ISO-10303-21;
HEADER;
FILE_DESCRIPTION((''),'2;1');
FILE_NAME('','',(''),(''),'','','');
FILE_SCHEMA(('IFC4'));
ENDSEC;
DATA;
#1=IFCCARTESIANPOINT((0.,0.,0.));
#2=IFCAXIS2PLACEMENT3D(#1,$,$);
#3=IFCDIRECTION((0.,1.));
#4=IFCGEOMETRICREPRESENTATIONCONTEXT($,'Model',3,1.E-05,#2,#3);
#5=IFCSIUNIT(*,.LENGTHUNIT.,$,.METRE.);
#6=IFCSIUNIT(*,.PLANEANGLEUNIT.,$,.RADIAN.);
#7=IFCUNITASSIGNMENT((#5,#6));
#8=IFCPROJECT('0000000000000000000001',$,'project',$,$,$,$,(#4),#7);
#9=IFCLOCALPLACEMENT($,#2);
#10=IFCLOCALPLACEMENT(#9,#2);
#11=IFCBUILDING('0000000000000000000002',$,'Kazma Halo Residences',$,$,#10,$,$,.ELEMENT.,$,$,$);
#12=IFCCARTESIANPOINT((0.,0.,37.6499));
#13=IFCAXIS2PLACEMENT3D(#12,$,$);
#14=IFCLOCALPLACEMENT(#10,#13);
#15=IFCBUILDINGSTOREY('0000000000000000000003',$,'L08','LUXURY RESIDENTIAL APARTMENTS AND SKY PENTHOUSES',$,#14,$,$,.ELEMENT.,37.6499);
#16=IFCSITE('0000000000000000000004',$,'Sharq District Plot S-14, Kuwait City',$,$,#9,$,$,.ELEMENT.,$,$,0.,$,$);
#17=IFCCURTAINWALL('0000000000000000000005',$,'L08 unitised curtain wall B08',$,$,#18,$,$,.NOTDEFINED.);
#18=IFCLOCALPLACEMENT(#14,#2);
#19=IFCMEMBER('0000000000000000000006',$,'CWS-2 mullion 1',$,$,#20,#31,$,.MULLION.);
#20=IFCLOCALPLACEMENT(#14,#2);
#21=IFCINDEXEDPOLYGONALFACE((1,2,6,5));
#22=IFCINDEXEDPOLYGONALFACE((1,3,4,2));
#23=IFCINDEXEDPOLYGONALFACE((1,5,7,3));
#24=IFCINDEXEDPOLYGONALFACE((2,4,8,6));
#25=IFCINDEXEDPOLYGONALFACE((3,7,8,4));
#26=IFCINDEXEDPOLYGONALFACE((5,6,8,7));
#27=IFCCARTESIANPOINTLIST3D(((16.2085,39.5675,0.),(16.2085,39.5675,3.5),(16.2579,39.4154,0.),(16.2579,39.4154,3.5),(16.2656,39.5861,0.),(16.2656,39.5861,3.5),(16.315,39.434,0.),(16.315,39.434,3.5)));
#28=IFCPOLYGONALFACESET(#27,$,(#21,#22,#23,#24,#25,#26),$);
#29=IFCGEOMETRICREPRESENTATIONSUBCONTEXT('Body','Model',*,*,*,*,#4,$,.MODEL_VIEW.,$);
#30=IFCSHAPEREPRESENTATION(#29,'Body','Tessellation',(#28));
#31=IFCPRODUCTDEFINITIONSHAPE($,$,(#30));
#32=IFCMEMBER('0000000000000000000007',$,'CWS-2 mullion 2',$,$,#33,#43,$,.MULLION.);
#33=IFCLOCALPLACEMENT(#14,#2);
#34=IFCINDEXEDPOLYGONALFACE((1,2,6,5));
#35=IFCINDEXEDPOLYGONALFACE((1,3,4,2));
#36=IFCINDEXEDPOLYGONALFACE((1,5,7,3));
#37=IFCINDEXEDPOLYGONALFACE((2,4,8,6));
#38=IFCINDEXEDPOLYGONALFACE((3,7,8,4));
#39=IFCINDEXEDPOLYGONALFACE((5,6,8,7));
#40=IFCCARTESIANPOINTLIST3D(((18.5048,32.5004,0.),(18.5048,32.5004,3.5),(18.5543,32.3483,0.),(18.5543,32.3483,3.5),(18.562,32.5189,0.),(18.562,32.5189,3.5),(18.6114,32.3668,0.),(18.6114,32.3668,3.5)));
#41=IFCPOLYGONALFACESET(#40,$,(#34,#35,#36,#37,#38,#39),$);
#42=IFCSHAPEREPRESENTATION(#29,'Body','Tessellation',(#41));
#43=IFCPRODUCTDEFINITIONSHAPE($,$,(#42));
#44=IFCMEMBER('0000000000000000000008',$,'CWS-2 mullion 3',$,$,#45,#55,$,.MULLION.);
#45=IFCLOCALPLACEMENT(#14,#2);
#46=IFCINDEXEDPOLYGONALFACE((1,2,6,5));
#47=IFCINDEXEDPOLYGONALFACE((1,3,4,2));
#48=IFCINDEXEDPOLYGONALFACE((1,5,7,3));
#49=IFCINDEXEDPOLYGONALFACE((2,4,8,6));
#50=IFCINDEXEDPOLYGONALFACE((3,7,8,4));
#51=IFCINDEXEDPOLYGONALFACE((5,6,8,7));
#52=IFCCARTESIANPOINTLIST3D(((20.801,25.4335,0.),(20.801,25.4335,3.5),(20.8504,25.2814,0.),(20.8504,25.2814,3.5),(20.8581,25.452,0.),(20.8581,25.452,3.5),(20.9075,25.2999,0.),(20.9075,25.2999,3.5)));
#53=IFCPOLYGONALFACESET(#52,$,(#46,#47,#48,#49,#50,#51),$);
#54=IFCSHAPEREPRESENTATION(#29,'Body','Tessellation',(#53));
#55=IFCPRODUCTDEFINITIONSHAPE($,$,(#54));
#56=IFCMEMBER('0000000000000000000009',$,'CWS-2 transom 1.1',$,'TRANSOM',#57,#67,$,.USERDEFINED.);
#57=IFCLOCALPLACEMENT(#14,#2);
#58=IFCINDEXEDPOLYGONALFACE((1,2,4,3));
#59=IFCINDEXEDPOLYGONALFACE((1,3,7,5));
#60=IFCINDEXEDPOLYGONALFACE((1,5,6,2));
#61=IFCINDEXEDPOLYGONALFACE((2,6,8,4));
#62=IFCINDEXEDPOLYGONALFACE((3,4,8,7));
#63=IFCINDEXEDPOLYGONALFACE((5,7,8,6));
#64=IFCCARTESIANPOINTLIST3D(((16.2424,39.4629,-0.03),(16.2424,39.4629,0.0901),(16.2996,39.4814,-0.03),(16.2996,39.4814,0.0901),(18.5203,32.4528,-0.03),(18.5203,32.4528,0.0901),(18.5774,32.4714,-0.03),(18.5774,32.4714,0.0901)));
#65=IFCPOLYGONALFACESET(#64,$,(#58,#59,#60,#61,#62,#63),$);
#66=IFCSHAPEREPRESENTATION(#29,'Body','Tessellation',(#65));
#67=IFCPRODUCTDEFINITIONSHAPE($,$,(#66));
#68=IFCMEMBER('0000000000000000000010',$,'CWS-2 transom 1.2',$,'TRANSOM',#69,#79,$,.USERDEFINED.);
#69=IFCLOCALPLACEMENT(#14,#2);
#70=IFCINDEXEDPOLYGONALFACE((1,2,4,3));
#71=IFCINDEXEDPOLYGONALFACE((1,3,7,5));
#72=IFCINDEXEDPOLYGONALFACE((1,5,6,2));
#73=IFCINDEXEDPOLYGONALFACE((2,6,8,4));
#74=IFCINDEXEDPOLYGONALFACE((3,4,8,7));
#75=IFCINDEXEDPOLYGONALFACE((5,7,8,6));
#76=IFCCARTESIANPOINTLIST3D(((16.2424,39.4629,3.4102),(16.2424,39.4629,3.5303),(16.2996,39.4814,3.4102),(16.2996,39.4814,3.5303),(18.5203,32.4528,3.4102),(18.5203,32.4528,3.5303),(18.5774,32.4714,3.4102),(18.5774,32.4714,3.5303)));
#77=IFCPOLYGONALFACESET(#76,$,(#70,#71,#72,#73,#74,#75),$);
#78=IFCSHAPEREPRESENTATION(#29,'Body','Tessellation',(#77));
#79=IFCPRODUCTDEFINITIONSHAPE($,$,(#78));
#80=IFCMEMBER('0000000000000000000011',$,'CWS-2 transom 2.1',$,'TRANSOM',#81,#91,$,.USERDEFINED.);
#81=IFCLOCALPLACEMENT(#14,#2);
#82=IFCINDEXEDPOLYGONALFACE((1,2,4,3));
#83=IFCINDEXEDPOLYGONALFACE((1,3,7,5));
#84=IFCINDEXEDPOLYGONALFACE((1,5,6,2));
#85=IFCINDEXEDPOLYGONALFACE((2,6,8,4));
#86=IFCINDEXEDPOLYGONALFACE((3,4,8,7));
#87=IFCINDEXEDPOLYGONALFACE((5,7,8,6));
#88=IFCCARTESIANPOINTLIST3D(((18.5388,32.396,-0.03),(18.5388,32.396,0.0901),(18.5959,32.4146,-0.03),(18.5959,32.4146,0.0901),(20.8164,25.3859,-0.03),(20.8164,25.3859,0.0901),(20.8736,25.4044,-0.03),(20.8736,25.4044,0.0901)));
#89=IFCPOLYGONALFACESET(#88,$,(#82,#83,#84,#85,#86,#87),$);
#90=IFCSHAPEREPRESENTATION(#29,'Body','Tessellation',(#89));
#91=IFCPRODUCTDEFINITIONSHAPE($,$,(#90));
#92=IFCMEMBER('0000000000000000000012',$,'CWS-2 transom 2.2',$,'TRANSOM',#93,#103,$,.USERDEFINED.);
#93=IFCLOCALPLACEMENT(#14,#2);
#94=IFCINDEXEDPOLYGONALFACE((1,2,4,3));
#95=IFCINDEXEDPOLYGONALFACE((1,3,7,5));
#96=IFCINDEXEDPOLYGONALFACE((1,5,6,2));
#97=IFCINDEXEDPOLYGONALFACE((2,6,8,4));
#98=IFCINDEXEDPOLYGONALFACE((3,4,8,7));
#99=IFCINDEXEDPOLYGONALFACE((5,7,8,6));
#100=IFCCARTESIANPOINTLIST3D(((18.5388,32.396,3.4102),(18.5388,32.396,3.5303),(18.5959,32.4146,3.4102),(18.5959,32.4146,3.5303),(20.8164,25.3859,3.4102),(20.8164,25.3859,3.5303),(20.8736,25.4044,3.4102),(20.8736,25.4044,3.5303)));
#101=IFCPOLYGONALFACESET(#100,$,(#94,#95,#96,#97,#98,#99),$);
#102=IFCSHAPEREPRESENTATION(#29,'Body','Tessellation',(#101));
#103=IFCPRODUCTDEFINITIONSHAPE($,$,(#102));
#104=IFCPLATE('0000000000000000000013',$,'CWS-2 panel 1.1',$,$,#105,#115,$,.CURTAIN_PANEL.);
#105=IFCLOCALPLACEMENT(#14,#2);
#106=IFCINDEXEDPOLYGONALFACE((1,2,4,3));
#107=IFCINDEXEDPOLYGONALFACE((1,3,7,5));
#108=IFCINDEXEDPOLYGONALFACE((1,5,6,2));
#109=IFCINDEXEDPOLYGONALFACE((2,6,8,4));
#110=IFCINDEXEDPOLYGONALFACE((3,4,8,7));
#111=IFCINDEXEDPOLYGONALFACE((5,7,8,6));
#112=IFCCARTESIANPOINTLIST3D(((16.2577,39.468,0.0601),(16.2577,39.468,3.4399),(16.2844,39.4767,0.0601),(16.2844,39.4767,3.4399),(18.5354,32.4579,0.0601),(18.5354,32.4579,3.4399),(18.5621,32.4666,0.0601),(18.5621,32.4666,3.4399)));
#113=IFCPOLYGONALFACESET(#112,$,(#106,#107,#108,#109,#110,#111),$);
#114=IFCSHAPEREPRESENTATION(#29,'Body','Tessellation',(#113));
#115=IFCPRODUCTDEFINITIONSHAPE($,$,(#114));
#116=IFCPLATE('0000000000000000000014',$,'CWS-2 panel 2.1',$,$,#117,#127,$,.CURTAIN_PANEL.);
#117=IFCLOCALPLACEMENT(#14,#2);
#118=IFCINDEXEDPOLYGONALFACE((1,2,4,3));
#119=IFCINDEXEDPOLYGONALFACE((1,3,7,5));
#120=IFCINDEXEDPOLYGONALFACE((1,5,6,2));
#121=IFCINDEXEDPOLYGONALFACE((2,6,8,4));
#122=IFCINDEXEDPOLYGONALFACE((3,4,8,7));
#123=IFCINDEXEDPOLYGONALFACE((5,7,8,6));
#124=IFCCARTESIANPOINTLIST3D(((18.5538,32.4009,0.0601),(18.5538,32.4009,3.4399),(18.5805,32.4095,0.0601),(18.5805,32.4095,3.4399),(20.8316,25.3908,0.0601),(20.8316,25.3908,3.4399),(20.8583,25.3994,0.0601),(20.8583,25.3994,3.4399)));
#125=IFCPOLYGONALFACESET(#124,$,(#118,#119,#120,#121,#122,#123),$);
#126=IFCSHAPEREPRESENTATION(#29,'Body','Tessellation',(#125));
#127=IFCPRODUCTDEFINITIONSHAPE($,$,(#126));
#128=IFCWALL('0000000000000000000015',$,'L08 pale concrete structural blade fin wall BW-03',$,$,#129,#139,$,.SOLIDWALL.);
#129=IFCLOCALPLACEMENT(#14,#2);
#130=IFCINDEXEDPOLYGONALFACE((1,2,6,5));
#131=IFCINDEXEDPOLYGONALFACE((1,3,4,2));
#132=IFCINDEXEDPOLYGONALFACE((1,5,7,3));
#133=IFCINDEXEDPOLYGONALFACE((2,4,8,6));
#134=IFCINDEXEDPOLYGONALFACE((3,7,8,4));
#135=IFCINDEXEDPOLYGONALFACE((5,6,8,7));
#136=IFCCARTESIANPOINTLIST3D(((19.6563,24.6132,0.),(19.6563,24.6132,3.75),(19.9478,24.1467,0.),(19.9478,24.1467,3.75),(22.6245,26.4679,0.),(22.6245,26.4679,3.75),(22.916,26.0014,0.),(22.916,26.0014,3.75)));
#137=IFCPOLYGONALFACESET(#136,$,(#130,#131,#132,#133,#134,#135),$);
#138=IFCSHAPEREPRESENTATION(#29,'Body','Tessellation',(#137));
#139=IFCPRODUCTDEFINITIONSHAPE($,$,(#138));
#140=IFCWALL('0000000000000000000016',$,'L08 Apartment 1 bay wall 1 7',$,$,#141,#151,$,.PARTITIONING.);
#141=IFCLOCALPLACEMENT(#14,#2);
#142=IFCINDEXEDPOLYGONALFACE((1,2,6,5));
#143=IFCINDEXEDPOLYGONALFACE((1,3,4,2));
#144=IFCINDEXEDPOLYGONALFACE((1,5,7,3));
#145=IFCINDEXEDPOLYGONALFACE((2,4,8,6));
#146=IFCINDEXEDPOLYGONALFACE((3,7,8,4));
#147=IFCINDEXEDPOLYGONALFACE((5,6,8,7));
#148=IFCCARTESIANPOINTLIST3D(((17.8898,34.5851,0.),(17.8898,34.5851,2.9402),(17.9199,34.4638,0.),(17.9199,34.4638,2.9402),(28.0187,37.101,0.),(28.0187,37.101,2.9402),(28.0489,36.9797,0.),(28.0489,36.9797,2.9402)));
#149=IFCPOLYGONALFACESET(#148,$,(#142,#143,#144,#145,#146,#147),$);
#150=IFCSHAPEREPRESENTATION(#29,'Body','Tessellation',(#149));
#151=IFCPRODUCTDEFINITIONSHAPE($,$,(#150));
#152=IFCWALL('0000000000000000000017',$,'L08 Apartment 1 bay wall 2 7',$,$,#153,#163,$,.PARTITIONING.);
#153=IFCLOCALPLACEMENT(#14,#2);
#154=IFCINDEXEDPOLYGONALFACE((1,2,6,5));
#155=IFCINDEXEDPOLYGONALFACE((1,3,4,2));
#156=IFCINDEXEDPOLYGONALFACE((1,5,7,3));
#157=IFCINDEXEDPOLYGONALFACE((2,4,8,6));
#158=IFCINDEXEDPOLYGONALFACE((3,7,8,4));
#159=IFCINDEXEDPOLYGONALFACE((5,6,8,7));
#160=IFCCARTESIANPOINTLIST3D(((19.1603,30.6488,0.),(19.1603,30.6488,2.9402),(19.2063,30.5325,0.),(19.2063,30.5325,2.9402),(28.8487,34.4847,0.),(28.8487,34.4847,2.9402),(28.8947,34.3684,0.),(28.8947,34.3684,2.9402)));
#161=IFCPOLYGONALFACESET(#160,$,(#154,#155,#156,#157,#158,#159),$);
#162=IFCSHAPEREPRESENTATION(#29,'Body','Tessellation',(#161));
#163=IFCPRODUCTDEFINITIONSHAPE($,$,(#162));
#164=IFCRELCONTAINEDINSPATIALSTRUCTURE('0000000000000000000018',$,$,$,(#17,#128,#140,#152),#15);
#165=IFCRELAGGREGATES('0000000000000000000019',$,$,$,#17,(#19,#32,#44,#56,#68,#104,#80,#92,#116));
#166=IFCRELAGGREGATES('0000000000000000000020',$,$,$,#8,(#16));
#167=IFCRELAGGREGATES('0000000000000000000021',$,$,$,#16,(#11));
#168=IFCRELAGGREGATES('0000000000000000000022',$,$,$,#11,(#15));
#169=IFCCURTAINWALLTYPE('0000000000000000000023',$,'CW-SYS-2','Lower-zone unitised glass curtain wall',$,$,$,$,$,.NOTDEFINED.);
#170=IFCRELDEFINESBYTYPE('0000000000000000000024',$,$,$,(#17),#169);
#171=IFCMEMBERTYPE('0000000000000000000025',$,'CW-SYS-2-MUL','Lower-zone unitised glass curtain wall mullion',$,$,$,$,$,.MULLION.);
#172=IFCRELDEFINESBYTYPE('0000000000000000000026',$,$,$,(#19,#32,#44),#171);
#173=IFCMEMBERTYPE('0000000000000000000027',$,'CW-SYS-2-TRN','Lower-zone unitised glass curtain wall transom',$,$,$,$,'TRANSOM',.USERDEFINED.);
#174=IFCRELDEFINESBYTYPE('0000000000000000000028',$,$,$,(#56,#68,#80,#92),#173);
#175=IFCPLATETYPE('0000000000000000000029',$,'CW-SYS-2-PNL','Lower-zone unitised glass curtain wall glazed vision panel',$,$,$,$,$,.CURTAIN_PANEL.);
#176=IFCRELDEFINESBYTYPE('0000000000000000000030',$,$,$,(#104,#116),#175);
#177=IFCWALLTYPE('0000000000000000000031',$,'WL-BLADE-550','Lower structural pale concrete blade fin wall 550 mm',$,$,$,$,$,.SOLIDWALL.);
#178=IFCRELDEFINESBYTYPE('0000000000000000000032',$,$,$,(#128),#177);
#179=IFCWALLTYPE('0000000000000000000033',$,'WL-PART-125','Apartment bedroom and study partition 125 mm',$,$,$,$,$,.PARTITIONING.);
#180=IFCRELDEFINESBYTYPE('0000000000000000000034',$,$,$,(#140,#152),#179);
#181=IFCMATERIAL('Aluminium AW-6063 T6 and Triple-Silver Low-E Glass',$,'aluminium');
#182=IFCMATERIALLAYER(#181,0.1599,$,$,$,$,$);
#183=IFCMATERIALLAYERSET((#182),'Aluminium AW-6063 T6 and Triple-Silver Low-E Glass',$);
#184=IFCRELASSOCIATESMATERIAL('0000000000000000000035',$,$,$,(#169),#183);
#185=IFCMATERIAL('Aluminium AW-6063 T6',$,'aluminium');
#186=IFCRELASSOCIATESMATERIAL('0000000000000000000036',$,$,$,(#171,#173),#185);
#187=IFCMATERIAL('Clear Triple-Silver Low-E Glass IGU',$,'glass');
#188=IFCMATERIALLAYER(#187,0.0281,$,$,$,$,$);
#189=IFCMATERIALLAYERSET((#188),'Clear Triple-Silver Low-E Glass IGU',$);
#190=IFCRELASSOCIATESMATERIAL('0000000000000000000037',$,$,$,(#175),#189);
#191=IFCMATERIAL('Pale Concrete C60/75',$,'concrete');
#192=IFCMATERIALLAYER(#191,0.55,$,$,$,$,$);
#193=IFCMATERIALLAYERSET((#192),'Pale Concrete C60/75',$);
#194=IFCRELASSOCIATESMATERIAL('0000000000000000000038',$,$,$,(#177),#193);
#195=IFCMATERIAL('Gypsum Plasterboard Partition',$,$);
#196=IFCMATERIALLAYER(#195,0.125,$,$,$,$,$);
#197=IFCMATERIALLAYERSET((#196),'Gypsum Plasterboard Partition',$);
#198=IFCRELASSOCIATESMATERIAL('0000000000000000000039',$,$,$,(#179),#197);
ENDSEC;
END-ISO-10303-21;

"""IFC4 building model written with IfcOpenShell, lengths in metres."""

from ifc_helpers import new_model, si_unit, direction, frame, frame_2d, origin, origin_2d, place, context, subcontext, project, spatial, rectangle, extrude, material, layer, layer_set, material_profile, profile_set, type_object, element, aggregate, save


model = new_model("IFC4")

# Units and contexts
model_context = context("Model", 3, precision=1e-05, world=origin(), true_north=direction((0.0, 1.0)))
body_context = subcontext(model_context, "Body", "Model", "MODEL_VIEW")
ifc_project = project(units=[si_unit("LENGTHUNIT", "METRE"), si_unit("PLANEANGLEUNIT", "RADIAN")], contexts=[model_context])

# Site, building, storey
site_placement = place(None, origin())
site = spatial("IfcSite", under=ifc_project, at=site_placement, Name="Sharq District Plot S-14, Kuwait City", CompositionType="ELEMENT", RefElevation=0.0)
building_placement = place(site_placement, origin())
building = spatial("IfcBuilding", under=site, at=building_placement, Name="Kazma Halo Residences", CompositionType="ELEMENT")
storey_placement = place(building_placement, frame((0.0, 0.0, 37.6499)))
storey = spatial("IfcBuildingStorey", under=building, at=storey_placement, Name="L08", Description="LUXURY RESIDENTIAL APARTMENTS AND SKY PENTHOUSES", CompositionType="ELEMENT", Elevation=37.6499)

# Curtain wall, members, plates
ifc_material_1 = material(Name="Aluminium AW-6063 T6 and Triple-Silver Low-E Glass", Category="aluminium")
ifc_layer_1 = layer(ifc_material_1, 0.1599)
ifc_layer_set_1 = layer_set([ifc_layer_1], Name="Aluminium AW-6063 T6 and Triple-Silver Low-E Glass")
curtain_wall_type = type_object("IfcCurtainWallType", Name="CW-SYS-2", Description="Lower-zone unitised glass curtain wall", PredefinedType="NOTDEFINED", material=ifc_layer_set_1)
curtain_wall_placement = place(storey_placement, origin())
curtain_wall = element("IfcCurtainWall", 1, at=curtain_wall_placement, inside=storey, type_object=curtain_wall_type, Name="L08 unitised curtain wall B08", PredefinedType="NOTDEFINED")
ifc_material_2 = material(Name="Aluminium AW-6063 T6", Category="aluminium")
ifc_material_profile_1 = material_profile(ifc_material_2, rectangle(XDim=0.0601, YDim=0.1599, at=origin_2d()), Name="CWM-60x160")
ifc_profile_set_1 = profile_set([ifc_material_profile_1], Name="Aluminium AW-6063 T6")
member_type_1 = type_object("IfcMemberType", Name="CW-SYS-2-MUL", Description="Lower-zone unitised glass curtain wall mullion", PredefinedType="MULLION", material=ifc_profile_set_1)
member_1_placement = place(storey_placement, frame((16.2617, 39.5007, 0.0), z_axis=(0.0, 0.0, 1.0), x_axis=(0.951057, 0.309017, 0.0)))
member_1 = element("IfcMember", 2, at=member_1_placement, type_object=member_type_1, Name="CWS-2 mullion 1", PredefinedType="MULLION", context=body_context, shape_type="SweptSolid", body=[
    extrude(rectangle(XDim=0.0601, YDim=0.1599, at=origin_2d()), origin(), (0.0, 0.0, 1.0), 3.5),
])
member_2_placement = place(storey_placement, frame((18.5581, 32.4336, 0.0), z_axis=(0.0, 0.0, 1.0), x_axis=(0.951057, 0.309017, 0.0)))
member_2 = element("IfcMember", 3, at=member_2_placement, type_object=member_type_1, Name="CWS-2 mullion 2", PredefinedType="MULLION", context=body_context, shape_type="SweptSolid", body=[
    extrude(rectangle(XDim=0.0601, YDim=0.1599, at=origin_2d()), origin(), (0.0, 0.0, 1.0), 3.5),
])
member_3_placement = place(storey_placement, frame((20.8542, 25.3667, 0.0), z_axis=(0.0, 0.0, 1.0), x_axis=(0.951057, 0.309017, 0.0)))
member_3 = element("IfcMember", 4, at=member_3_placement, type_object=member_type_1, Name="CWS-2 mullion 3", PredefinedType="MULLION", context=body_context, shape_type="SweptSolid", body=[
    extrude(rectangle(XDim=0.0601, YDim=0.1599, at=origin_2d()), origin(), (0.0, 0.0, 1.0), 3.5),
])
ifc_material_profile_2 = material_profile(ifc_material_2, rectangle(XDim=0.0601, YDim=0.1201, at=origin_2d()), Name="CWT-60x120")
ifc_profile_set_2 = profile_set([ifc_material_profile_2], Name="Aluminium AW-6063 T6")
member_type_2 = type_object("IfcMemberType", Name="CW-SYS-2-TRN", Description="Lower-zone unitised glass curtain wall transom", ElementType="TRANSOM", PredefinedType="USERDEFINED", material=ifc_profile_set_2)
member_4_placement = place(storey_placement, frame((16.271, 39.4722, 0.03), z_axis=(0.309034, -0.951051, 0.0), x_axis=(0.951051, 0.309034, 0.0)))
member_4 = element("IfcMember", 5, at=member_4_placement, type_object=member_type_2, Name="CWS-2 transom 1.1", ObjectType="TRANSOM", PredefinedType="USERDEFINED", context=body_context, shape_type="SweptSolid", body=[
    extrude(rectangle(XDim=0.0601, YDim=0.1201, at=origin_2d()), origin(), (0.0, 0.0, 1.0), 7.3708),
])
member_5_placement = place(storey_placement, frame((16.271, 39.4722, 3.4702), z_axis=(0.309034, -0.951051, 0.0), x_axis=(0.951051, 0.309034, 0.0)))
member_5 = element("IfcMember", 6, at=member_5_placement, type_object=member_type_2, Name="CWS-2 transom 1.2", ObjectType="TRANSOM", PredefinedType="USERDEFINED", context=body_context, shape_type="SweptSolid", body=[
    extrude(rectangle(XDim=0.0601, YDim=0.1201, at=origin_2d()), origin(), (0.0, 0.0, 1.0), 7.3708),
])
member_6_placement = place(storey_placement, frame((18.5674, 32.4053, 0.03), z_axis=(0.309004, -0.951061, 0.0), x_axis=(0.951061, 0.309004, 0.0)))
member_6 = element("IfcMember", 7, at=member_6_placement, type_object=member_type_2, Name="CWS-2 transom 2.1", ObjectType="TRANSOM", PredefinedType="USERDEFINED", context=body_context, shape_type="SweptSolid", body=[
    extrude(rectangle(XDim=0.0601, YDim=0.1201, at=origin_2d()), origin(), (0.0, 0.0, 1.0), 7.3708),
])
member_7_placement = place(storey_placement, frame((18.5674, 32.4053, 3.4702), z_axis=(0.309004, -0.951061, 0.0), x_axis=(0.951061, 0.309004, 0.0)))
member_7 = element("IfcMember", 8, at=member_7_placement, type_object=member_type_2, Name="CWS-2 transom 2.2", ObjectType="TRANSOM", PredefinedType="USERDEFINED", context=body_context, shape_type="SweptSolid", body=[
    extrude(rectangle(XDim=0.0601, YDim=0.1201, at=origin_2d()), origin(), (0.0, 0.0, 1.0), 7.3708),
])
ifc_material_3 = material(Name="Clear Triple-Silver Low-E Glass IGU", Category="glass")
ifc_layer_2 = layer(ifc_material_3, 0.0281)
ifc_layer_set_2 = layer_set([ifc_layer_2], Name="Clear Triple-Silver Low-E Glass IGU")
plate_type = type_object("IfcPlateType", Name="CW-SYS-2-PNL", Description="Lower-zone unitised glass curtain wall glazed vision panel", PredefinedType="CURTAIN_PANEL", material=ifc_layer_set_2)
plate_1_placement = place(storey_placement, frame((17.4099, 35.9673, 0.0601), z_axis=(0.0, 0.0, 1.0), x_axis=(0.309017, -0.951057, 0.0)))
plate_1 = element("IfcPlate", 9, at=plate_1_placement, type_object=plate_type, Name="CWS-2 panel 1.1", PredefinedType="CURTAIN_PANEL", context=body_context, shape_type="SweptSolid", body=[
    extrude(rectangle(XDim=7.3708, YDim=0.0281, at=origin_2d()), origin(), (0.0, 0.0, 1.0), 3.3799),
])
plate_2_placement = place(storey_placement, frame((19.7061, 28.9001, 0.0601), z_axis=(0.0, 0.0, 1.0), x_axis=(0.309017, -0.951057, 0.0)))
plate_2 = element("IfcPlate", 10, at=plate_2_placement, type_object=plate_type, Name="CWS-2 panel 2.1", PredefinedType="CURTAIN_PANEL", context=body_context, shape_type="SweptSolid", body=[
    extrude(rectangle(XDim=7.3708, YDim=0.0281, at=origin_2d()), origin(), (0.0, 0.0, 1.0), 3.3799),
])
aggregate(curtain_wall, [member_1, member_2, member_3, member_4, member_5, plate_1, member_6, member_7, plate_2])

# Walls
ifc_material_4 = material(Name="Pale Concrete C60/75", Category="concrete")
ifc_layer_3 = layer(ifc_material_4, 0.55)
ifc_layer_set_3 = layer_set([ifc_layer_3], Name="Pale Concrete C60/75")
wall_type_1 = type_object("IfcWallType", Name="WL-BLADE-550", Description="Lower structural pale concrete blade fin wall 550 mm", PredefinedType="SOLIDWALL", material=ifc_layer_set_3)
wall_1_placement = place(storey_placement, frame((22.7703, 26.2346, 0.0), z_axis=(0.0, 0.0, 1.0), x_axis=(-0.848053, -0.529911, 0.0)))
element("IfcWall", 11, at=wall_1_placement, inside=storey, type_object=wall_type_1, Name="L08 pale concrete structural blade fin wall BW-03", PredefinedType="SOLIDWALL", context=body_context, shape_type="SweptSolid", body=[
    extrude(rectangle(XDim=3.5, YDim=0.55, at=frame_2d((1.75, 0.0))), origin(), (0.0, 0.0, 1.0), 3.75),
])
ifc_material_5 = material(Name="Gypsum Plasterboard Partition")
ifc_layer_4 = layer(ifc_material_5, 0.125)
ifc_layer_set_4 = layer_set([ifc_layer_4], Name="Gypsum Plasterboard Partition")
wall_type_2 = type_object("IfcWallType", Name="WL-PART-125", Description="Apartment bedroom and study partition 125 mm", PredefinedType="PARTITIONING", material=ifc_layer_set_4)
wall_2_placement = place(storey_placement, frame((28.0337, 37.0403, 0.0), z_axis=(0.0, 0.0, 1.0), x_axis=(-0.97051, -0.24106, 0.0)))
element("IfcWall", 12, at=wall_2_placement, inside=storey, type_object=wall_type_2, Name="L08 Apartment 1 bay wall 1 7", PredefinedType="PARTITIONING", context=body_context, shape_type="SweptSolid", body=[
    extrude(rectangle(XDim=10.4368, YDim=0.125, at=frame_2d((5.2183, 0.0))), origin(), (0.0, 0.0, 1.0), 2.9402),
])
wall_3_placement = place(storey_placement, frame((28.8716, 34.4265, 0.0), z_axis=(0.0, 0.0, 1.0), x_axis=(-0.929777, -0.368124, 0.0)))
element("IfcWall", 13, at=wall_3_placement, inside=storey, type_object=wall_type_2, Name="L08 Apartment 1 bay wall 2 7", PredefinedType="PARTITIONING", context=body_context, shape_type="SweptSolid", body=[
    extrude(rectangle(XDim=10.4202, YDim=0.125, at=frame_2d((5.21, 0.0))), origin(), (0.0, 0.0, 1.0), 2.9402),
])

save(model, "model.ifc")
